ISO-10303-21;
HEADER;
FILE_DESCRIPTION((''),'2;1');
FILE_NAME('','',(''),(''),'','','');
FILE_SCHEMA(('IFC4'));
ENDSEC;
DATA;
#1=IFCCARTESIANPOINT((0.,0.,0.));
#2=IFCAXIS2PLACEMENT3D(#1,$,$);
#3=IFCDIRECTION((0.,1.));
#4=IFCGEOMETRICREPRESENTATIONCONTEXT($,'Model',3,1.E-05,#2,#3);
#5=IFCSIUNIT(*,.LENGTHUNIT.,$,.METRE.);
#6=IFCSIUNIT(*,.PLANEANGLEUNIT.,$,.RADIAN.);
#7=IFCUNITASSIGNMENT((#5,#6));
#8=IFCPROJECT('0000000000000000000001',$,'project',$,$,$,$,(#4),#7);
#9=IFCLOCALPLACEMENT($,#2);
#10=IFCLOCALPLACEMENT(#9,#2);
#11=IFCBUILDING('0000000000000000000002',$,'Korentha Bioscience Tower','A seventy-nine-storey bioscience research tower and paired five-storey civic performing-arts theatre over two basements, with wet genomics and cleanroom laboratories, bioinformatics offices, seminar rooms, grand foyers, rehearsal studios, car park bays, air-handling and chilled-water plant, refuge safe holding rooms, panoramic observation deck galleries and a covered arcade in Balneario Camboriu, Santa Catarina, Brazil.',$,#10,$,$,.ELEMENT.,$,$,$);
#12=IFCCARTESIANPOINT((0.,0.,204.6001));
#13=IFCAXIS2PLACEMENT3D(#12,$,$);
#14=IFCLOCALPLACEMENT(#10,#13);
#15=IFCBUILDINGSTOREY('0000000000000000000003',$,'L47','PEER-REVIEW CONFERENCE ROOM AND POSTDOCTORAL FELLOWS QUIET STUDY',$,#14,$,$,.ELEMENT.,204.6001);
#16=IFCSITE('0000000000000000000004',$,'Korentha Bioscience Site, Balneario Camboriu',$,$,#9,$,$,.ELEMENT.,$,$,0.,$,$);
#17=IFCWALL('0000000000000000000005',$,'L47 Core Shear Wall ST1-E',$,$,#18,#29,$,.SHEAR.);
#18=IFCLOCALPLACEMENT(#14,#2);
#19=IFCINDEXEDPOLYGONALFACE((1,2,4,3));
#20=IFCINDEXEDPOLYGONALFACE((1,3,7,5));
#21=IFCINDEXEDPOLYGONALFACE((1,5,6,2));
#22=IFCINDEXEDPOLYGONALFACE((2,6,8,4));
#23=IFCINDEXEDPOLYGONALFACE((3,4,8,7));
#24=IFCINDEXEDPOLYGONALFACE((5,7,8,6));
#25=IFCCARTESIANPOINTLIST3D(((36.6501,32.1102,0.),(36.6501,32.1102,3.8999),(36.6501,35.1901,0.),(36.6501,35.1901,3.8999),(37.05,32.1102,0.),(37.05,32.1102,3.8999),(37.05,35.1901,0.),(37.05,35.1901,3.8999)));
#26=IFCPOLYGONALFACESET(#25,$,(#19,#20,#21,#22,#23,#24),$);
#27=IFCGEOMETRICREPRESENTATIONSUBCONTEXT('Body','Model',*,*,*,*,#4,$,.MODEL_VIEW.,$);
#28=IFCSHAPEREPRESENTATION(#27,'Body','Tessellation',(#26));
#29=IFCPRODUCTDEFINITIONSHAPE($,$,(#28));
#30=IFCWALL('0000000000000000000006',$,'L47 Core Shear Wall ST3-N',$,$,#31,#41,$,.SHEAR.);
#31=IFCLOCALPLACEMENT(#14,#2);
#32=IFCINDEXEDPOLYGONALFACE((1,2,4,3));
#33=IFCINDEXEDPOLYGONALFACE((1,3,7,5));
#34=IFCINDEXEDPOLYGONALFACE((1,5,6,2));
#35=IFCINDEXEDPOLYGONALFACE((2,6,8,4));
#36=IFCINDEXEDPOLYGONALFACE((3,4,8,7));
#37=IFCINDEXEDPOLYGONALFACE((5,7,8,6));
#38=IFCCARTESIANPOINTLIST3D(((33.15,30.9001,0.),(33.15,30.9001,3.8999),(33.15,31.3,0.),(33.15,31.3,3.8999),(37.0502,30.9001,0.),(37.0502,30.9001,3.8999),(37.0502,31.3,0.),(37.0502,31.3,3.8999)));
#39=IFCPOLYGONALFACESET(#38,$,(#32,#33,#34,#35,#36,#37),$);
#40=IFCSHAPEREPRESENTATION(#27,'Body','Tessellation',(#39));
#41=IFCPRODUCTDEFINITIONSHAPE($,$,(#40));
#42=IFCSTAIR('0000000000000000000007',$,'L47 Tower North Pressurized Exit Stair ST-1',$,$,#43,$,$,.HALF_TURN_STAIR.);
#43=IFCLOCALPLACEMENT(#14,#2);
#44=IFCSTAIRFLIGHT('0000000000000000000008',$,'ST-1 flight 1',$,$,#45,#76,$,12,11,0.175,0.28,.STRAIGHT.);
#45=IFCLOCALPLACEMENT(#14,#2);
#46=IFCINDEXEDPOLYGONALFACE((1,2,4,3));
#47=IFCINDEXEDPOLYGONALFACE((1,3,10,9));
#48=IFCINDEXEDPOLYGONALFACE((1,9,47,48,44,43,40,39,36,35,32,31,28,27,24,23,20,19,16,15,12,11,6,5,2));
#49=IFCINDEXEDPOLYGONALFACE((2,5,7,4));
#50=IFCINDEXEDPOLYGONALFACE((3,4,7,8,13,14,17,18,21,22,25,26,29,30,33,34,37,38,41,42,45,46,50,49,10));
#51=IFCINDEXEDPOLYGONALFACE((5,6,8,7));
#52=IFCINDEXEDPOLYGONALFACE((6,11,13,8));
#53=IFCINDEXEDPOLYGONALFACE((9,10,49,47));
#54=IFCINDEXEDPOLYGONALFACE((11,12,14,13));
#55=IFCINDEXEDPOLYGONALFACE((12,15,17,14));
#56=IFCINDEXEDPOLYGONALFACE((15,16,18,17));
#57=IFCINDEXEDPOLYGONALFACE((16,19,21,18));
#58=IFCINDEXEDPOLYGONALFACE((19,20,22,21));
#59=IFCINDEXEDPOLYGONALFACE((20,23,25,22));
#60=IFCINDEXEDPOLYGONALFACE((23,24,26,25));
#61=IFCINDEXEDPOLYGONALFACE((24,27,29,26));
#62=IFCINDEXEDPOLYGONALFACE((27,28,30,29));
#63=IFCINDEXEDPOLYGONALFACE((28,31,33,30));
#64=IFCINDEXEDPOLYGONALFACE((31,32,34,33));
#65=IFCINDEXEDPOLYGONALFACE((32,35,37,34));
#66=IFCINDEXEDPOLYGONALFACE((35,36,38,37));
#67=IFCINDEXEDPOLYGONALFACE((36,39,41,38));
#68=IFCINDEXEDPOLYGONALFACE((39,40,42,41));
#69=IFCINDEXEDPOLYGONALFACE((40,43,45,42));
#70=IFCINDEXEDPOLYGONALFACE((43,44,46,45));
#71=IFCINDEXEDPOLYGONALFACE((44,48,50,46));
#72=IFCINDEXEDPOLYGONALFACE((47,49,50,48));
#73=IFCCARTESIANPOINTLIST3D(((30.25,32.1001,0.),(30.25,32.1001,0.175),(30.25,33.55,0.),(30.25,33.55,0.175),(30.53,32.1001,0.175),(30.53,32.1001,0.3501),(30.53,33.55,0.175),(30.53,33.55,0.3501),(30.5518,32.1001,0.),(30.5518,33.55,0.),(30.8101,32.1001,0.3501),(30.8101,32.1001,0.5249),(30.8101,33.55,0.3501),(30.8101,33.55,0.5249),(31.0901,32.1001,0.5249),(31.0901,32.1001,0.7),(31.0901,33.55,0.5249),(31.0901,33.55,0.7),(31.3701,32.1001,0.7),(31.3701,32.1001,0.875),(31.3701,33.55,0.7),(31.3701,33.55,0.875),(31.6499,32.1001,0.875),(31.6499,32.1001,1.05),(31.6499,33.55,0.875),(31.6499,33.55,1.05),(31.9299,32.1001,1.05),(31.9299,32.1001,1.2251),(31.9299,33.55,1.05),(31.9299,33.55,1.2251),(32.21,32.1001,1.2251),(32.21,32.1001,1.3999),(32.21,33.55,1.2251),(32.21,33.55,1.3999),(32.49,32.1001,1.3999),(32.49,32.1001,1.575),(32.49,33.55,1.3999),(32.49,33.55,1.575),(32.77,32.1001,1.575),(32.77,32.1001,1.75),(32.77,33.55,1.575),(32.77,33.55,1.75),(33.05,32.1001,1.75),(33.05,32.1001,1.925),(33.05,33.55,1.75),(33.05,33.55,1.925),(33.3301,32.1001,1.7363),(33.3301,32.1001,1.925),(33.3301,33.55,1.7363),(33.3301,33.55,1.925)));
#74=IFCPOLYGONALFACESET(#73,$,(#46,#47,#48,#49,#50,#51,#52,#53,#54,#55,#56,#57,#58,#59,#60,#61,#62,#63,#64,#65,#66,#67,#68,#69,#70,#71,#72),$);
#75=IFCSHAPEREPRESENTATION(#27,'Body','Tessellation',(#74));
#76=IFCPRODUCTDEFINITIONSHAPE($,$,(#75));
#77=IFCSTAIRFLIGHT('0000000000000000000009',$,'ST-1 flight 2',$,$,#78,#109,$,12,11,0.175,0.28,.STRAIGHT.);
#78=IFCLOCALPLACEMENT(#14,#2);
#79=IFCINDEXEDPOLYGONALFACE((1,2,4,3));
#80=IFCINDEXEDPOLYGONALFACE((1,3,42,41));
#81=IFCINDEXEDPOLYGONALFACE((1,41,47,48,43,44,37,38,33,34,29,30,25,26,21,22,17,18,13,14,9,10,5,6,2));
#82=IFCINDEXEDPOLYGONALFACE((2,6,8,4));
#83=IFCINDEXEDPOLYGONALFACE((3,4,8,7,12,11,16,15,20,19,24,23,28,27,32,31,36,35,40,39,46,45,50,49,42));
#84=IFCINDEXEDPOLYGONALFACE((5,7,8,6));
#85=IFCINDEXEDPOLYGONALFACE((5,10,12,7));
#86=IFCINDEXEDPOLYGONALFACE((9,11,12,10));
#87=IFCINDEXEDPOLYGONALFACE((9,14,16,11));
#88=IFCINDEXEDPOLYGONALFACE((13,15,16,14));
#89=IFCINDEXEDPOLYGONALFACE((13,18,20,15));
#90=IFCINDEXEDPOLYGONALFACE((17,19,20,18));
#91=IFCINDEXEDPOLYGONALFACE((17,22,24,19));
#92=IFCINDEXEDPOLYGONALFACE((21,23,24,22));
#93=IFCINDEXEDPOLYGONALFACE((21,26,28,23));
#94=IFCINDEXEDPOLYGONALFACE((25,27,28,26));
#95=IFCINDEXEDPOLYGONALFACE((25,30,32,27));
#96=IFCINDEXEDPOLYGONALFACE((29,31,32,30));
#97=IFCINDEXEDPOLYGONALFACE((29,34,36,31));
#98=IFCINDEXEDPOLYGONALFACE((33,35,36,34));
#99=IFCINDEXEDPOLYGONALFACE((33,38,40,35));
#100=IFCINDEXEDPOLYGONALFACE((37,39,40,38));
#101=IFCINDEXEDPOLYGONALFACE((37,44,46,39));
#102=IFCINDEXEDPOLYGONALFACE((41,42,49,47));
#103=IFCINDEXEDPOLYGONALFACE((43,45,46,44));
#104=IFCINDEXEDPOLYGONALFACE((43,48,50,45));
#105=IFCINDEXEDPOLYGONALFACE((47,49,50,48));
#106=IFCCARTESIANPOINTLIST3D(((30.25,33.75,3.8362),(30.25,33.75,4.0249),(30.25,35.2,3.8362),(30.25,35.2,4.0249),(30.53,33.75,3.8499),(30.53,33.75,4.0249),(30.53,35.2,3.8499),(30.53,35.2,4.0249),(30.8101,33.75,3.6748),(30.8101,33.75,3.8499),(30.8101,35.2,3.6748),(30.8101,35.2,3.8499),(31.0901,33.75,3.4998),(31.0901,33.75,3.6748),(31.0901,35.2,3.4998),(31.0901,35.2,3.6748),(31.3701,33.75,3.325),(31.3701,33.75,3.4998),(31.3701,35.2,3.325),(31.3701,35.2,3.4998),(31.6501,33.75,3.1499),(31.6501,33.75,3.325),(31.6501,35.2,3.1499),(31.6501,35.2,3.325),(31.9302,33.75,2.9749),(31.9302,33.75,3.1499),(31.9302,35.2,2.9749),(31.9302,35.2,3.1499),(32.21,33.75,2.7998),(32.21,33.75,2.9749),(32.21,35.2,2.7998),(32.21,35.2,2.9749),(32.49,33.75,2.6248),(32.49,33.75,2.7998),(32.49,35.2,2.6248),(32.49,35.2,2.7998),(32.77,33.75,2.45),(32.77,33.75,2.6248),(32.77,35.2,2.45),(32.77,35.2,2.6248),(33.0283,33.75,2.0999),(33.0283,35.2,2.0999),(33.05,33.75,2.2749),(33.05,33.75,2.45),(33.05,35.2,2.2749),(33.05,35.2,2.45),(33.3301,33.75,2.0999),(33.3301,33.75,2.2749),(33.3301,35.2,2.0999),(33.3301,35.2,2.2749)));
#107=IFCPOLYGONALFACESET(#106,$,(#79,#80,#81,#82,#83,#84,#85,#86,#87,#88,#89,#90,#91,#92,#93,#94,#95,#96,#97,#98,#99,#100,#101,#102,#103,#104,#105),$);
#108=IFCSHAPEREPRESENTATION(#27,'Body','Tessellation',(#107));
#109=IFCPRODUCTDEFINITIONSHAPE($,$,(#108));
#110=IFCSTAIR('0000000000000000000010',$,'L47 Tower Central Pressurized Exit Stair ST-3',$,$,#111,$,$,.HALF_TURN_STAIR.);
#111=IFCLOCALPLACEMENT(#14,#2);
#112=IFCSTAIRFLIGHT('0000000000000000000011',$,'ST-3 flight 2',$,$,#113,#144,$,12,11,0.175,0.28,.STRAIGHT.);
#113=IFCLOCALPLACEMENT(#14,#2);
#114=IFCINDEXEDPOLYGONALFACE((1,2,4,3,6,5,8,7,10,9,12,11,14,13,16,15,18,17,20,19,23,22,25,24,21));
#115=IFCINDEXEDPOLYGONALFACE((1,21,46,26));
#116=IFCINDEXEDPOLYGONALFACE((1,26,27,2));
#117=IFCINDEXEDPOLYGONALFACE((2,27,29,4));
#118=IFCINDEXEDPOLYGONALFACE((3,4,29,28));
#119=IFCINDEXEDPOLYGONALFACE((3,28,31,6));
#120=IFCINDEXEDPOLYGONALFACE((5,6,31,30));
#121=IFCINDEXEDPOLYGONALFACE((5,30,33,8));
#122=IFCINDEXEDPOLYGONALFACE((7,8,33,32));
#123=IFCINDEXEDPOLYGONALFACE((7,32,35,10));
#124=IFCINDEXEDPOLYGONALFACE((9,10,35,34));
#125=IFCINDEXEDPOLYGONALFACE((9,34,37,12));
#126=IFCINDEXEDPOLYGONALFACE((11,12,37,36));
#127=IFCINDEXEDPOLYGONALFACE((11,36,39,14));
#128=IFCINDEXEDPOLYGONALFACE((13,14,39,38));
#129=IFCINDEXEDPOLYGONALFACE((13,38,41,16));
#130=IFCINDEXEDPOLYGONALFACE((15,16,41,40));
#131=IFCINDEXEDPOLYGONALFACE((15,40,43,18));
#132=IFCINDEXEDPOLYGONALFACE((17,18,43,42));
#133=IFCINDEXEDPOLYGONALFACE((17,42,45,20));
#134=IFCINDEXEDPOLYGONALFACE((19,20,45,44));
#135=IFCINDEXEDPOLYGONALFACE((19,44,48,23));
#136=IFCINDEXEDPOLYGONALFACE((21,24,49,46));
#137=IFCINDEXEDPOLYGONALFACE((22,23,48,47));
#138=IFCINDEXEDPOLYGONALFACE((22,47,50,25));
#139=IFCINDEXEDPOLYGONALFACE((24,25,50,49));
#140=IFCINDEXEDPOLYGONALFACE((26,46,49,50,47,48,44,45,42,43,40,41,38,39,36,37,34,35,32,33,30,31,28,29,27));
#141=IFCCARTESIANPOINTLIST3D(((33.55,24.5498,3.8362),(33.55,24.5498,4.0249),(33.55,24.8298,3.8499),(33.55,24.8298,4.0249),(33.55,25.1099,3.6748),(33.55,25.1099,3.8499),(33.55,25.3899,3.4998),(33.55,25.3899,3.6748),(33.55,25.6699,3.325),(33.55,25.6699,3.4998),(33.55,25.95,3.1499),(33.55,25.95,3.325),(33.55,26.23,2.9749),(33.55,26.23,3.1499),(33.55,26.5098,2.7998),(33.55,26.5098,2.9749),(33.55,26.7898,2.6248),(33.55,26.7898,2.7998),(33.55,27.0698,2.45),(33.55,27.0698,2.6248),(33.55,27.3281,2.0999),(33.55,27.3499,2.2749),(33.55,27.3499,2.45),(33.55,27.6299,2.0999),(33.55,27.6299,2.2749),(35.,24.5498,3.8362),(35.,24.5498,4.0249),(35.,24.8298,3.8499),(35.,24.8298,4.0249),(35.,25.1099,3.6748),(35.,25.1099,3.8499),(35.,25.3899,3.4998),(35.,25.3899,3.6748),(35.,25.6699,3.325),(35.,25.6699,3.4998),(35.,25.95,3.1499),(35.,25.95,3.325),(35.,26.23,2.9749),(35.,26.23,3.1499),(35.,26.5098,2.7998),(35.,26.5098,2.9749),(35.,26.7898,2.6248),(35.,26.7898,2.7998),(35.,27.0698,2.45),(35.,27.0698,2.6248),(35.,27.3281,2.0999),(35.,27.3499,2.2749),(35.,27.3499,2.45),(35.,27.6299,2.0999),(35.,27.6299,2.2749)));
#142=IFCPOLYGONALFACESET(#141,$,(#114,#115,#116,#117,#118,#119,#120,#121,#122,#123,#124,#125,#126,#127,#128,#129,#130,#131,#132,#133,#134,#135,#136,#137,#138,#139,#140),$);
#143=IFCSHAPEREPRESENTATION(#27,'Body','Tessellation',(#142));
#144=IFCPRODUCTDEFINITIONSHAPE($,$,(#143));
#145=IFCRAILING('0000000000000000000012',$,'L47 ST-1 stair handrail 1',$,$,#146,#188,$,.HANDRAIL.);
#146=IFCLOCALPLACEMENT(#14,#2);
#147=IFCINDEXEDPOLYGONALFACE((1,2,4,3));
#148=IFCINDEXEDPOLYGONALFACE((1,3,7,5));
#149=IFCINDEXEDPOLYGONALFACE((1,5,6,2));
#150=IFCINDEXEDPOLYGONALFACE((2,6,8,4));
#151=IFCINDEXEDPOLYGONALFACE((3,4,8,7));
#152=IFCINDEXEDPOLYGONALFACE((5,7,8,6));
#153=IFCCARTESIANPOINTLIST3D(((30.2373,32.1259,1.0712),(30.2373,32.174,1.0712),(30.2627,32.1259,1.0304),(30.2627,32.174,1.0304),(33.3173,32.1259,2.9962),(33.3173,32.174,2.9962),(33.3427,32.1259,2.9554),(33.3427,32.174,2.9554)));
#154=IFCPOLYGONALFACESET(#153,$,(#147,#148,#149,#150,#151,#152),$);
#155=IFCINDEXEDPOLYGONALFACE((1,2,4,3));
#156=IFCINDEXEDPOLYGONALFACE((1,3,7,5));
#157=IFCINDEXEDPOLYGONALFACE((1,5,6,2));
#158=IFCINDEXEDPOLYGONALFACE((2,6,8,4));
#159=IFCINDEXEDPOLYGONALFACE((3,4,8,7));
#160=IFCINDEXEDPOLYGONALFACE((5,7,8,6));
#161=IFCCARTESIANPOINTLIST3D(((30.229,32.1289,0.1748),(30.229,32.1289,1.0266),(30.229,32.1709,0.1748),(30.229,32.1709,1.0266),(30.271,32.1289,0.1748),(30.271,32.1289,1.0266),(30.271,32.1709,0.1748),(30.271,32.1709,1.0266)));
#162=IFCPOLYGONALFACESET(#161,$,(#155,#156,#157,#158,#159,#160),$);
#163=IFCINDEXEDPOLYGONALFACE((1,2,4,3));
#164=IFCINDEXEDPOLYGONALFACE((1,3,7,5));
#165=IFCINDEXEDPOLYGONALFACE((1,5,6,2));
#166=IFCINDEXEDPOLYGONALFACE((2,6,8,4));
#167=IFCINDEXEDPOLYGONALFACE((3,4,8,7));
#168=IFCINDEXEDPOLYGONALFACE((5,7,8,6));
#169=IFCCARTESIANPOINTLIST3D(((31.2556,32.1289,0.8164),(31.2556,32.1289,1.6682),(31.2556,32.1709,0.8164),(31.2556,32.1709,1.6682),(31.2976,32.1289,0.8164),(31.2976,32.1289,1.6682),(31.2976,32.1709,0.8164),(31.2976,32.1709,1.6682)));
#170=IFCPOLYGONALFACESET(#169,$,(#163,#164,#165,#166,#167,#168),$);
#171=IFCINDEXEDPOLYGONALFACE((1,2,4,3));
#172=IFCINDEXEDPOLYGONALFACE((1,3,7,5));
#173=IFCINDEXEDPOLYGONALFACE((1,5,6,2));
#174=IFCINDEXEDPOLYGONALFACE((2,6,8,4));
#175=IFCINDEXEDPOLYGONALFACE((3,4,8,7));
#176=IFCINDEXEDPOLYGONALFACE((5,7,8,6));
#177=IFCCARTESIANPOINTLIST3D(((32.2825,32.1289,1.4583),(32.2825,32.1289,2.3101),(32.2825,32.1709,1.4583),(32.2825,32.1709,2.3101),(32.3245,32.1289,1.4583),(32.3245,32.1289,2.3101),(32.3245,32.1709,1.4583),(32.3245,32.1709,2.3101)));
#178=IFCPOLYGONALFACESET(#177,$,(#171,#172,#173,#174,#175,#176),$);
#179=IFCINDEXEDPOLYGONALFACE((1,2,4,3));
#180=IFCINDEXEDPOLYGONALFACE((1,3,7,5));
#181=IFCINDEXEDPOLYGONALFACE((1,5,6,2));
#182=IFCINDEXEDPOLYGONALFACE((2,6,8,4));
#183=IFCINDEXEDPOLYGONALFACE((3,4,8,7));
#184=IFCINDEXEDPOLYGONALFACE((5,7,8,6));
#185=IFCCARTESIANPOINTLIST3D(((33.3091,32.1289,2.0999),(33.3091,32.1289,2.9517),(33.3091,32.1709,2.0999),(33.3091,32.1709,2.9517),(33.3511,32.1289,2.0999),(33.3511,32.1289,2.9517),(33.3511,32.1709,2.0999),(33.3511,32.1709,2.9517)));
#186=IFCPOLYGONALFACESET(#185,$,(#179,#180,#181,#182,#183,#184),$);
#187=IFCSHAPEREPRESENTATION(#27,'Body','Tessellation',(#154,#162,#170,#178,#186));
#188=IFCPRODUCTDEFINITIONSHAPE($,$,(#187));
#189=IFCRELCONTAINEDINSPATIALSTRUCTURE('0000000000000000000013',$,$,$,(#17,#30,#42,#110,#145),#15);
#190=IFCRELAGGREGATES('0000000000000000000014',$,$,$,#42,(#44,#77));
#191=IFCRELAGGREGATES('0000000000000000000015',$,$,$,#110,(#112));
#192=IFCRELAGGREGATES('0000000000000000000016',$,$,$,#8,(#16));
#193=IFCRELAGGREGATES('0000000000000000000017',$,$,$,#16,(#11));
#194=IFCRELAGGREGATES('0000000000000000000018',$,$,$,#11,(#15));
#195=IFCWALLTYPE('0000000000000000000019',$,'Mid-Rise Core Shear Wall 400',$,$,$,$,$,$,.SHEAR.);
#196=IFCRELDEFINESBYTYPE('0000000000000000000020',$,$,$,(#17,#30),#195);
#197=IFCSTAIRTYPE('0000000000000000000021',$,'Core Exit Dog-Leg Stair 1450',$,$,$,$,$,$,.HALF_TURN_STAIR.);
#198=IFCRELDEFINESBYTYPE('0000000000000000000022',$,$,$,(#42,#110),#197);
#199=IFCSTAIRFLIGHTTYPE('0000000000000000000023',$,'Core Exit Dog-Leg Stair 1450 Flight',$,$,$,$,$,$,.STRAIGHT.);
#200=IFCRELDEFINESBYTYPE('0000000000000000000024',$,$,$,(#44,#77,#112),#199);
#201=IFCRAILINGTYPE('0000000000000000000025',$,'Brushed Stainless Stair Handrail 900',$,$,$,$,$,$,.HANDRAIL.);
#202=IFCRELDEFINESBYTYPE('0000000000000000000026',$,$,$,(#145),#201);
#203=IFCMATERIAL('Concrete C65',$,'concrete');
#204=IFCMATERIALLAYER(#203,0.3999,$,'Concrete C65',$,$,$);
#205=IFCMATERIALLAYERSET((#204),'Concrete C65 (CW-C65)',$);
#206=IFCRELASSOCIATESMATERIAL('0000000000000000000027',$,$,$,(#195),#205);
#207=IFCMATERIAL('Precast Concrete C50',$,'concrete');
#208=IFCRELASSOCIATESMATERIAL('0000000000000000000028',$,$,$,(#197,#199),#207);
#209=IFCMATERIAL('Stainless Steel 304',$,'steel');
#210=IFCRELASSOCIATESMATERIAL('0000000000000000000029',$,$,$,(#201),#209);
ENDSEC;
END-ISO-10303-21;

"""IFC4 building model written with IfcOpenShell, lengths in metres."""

from ifc_helpers import new_model, si_unit, direction, frame, frame_2d, origin, origin_2d, place, context, subcontext, project, spatial, polyline, rectangle, outline, extrude, material, layer, layer_set, type_object, element, aggregate, save


model = new_model("IFC4")

# Units and contexts
model_context = context("Model", 3, precision=1e-05, world=origin(), true_north=direction((0.0, 1.0)))
body_context = subcontext(model_context, "Body", "Model", "MODEL_VIEW")
ifc_project = project(units=[si_unit("LENGTHUNIT", "METRE"), si_unit("PLANEANGLEUNIT", "RADIAN")], contexts=[model_context])

# Site, building, storey
site_placement = place(None, origin())
site = spatial("IfcSite", under=ifc_project, at=site_placement, Name="Korentha Bioscience Site, Balneario Camboriu", CompositionType="ELEMENT", RefElevation=0.0)
building_placement = place(site_placement, origin())
building = spatial("IfcBuilding", under=site, at=building_placement, Name="Korentha Bioscience Tower", Description="A seventy-nine-storey bioscience research tower and paired five-storey civic performing-arts theatre over two basements, with wet genomics and cleanroom laboratories, bioinformatics offices, seminar rooms, grand foyers, rehearsal studios, car park bays, air-handling and chilled-water plant, refuge safe holding rooms, panoramic observation deck galleries and a covered arcade in Balneario Camboriu, Santa Catarina, Brazil.", CompositionType="ELEMENT")
storey_placement = place(building_placement, frame((0.0, 0.0, 204.6001)))
storey = spatial("IfcBuildingStorey", under=building, at=storey_placement, Name="L47", Description="PEER-REVIEW CONFERENCE ROOM AND POSTDOCTORAL FELLOWS QUIET STUDY", CompositionType="ELEMENT", Elevation=204.6001)

# Shared definitions
ifc_material_1 = material(Name="Concrete C65", Category="concrete")

# Walls
ifc_layer_1 = layer(ifc_material_1, 0.3999, Name="Concrete C65")
ifc_layer_set_1 = layer_set([ifc_layer_1], Name="Concrete C65 (CW-C65)")
wall_type_1 = type_object("IfcWallType", Name="Mid-Rise Core Shear Wall 400", PredefinedType="SHEAR", material=ifc_layer_set_1)
wall_1_placement = place(storey_placement, frame((36.8501, 32.1101, 0.0), z_axis=(0.0, 0.0, 1.0), x_axis=(0.0, 1.0, 0.0)))
element("IfcWall", 1, at=wall_1_placement, inside=storey, type_object=wall_type_1, Name="L47 Core Shear Wall ST1-E", PredefinedType="SHEAR", context=body_context, shape_type="SweptSolid", body=[
    extrude(rectangle(XDim=3.0798, YDim=0.3999, at=frame_2d((1.54, 0.0))), origin(), (0.0, 0.0, 1.0), 3.8999),
])
wall_2_placement = place(storey_placement, frame((33.1499, 31.1001, 0.0), z_axis=(0.0, 0.0, 1.0), x_axis=(1.0, 0.0, 0.0)))
element("IfcWall", 2, at=wall_2_placement, inside=storey, type_object=wall_type_1, Name="L47 Core Shear Wall ST3-N", PredefinedType="SHEAR", context=body_context, shape_type="SweptSolid", body=[
    extrude(rectangle(XDim=3.9001, YDim=0.3999, at=frame_2d((1.9502, 0.0))), origin(), (0.0, 0.0, 1.0), 3.8999),
])

# Stair, stair flights
ifc_material_2 = material(Name="Precast Concrete C50", Category="concrete")
stair_type = type_object("IfcStairType", Name="Core Exit Dog-Leg Stair 1450", PredefinedType="HALF_TURN_STAIR", material=ifc_material_2)
stair_1_placement = place(storey_placement, origin())
stair_1 = element("IfcStair", 3, at=stair_1_placement, inside=storey, type_object=stair_type, Name="L47 Tower North Pressurized Exit Stair ST-1", PredefinedType="HALF_TURN_STAIR")
stair_flight_type = type_object("IfcStairFlightType", Name="Core Exit Dog-Leg Stair 1450 Flight", PredefinedType="STRAIGHT", material=ifc_material_2)
stair_flight_1_placement = place(storey_placement, frame((30.25, 32.825, 0.0), z_axis=(0.0, 0.0, 1.0), x_axis=(1.0, 0.0, 0.0)))
stair_flight_1 = element("IfcStairFlight", 4, at=stair_flight_1_placement, type_object=stair_flight_type, Name="ST-1 flight 1", NumberOfRisers=12, NumberOfTreads=11, PredefinedType="STRAIGHT", RiserHeight=0.175, TreadLength=0.28, context=body_context, shape_type="SweptSolid", body=[
    extrude(outline(polyline([(0.0, 0.0), (0.0, 0.175), (0.28, 0.175), (0.28, 0.3501), (0.5601, 0.3501), (0.5601, 0.5249), (0.8401, 0.5249), (0.8401, 0.7), (1.1201, 0.7), (1.1201, 0.875), (1.3999, 0.875), (1.3999, 1.05), (1.6799, 1.05), (1.6799, 1.2251), (1.96, 1.2251), (1.96, 1.3999), (2.24, 1.3999), (2.24, 1.575), (2.52, 1.575), (2.52, 1.75), (2.8, 1.75), (2.8, 1.925), (3.0801, 1.925), (3.0801, 2.1001), (3.0801, 1.7363), (0.3018, 0.0), (0.0, 0.0)])), frame((0.0, 0.7251, 0.0), z_axis=(0.0, -1.0, 0.0), x_axis=(1.0, 0.0, 0.0)), (0.0, 0.0, 1.0), 1.45),
])
stair_flight_2_placement = place(storey_placement, frame((33.3301, 34.4751, 2.0999), z_axis=(0.0, 0.0, 1.0), x_axis=(-1.0, 0.0, 0.0)))
stair_flight_2 = element("IfcStairFlight", 5, at=stair_flight_2_placement, type_object=stair_flight_type, Name="ST-1 flight 2", NumberOfRisers=12, NumberOfTreads=11, PredefinedType="STRAIGHT", RiserHeight=0.175, TreadLength=0.28, context=body_context, shape_type="SweptSolid", body=[
    extrude(outline(polyline([(0.0, 0.0), (0.0, 0.175), (0.28, 0.175), (0.28, 0.3501), (0.5601, 0.3501), (0.5601, 0.5249), (0.8401, 0.5249), (0.8401, 0.7), (1.1201, 0.7), (1.1201, 0.875), (1.3999, 0.875), (1.3999, 1.05), (1.6799, 1.05), (1.6799, 1.2251), (1.96, 1.2251), (1.96, 1.3999), (2.24, 1.3999), (2.24, 1.575), (2.52, 1.575), (2.52, 1.75), (2.8, 1.75), (2.8, 1.925), (3.0801, 1.925), (3.0801, 2.1001), (3.0801, 1.7363), (0.3018, 0.0), (0.0, 0.0)])), frame((0.0, 0.7251, 0.0), z_axis=(0.0, -1.0, 0.0), x_axis=(1.0, 0.0, 0.0)), (0.0, 0.0, 1.0), 1.45),
])
aggregate(stair_1, [stair_flight_1, stair_flight_2])

# Stair, stair flight
stair_2_placement = place(storey_placement, origin())
stair_2 = element("IfcStair", 6, at=stair_2_placement, inside=storey, type_object=stair_type, Name="L47 Tower Central Pressurized Exit Stair ST-3", PredefinedType="HALF_TURN_STAIR")
stair_flight_3_placement = place(storey_placement, frame((34.2749, 27.6299, 2.0999), z_axis=(0.0, 0.0, 1.0), x_axis=(0.0, -1.0, 0.0)))
stair_flight_3 = element("IfcStairFlight", 7, at=stair_flight_3_placement, type_object=stair_flight_type, Name="ST-3 flight 2", NumberOfRisers=12, NumberOfTreads=11, PredefinedType="STRAIGHT", RiserHeight=0.175, TreadLength=0.28, context=body_context, shape_type="SweptSolid", body=[
    extrude(outline(polyline([(0.0, 0.0), (0.0, 0.175), (0.28, 0.175), (0.28, 0.3501), (0.5601, 0.3501), (0.5601, 0.5249), (0.8401, 0.5249), (0.8401, 0.7), (1.1201, 0.7), (1.1201, 0.875), (1.3999, 0.875), (1.3999, 1.05), (1.6799, 1.05), (1.6799, 1.2251), (1.96, 1.2251), (1.96, 1.3999), (2.24, 1.3999), (2.24, 1.575), (2.52, 1.575), (2.52, 1.75), (2.8, 1.75), (2.8, 1.925), (3.0801, 1.925), (3.0801, 2.1001), (3.0801, 1.7363), (0.3018, 0.0), (0.0, 0.0)])), frame((0.0, 0.7251, 0.0), z_axis=(0.0, -1.0, 0.0), x_axis=(1.0, 0.0, 0.0)), (0.0, 0.0, 1.0), 1.45),
])
aggregate(stair_2, [stair_flight_3])

# Railing
ifc_material_3 = material(Name="Stainless Steel 304", Category="steel")
railing_type_1 = type_object("IfcRailingType", Name="Brushed Stainless Stair Handrail 900", PredefinedType="HANDRAIL", material=ifc_material_3)
railing_1_placement = place(storey_placement, frame((30.25, 32.1499, 0.1748)))
element("IfcRailing", 8, at=railing_1_placement, inside=storey, type_object=railing_type_1, Name="L47 ST-1 stair handrail 1", PredefinedType="HANDRAIL", context=body_context, shape_type="SweptSolid", body=[
    extrude(rectangle(XDim=0.0481, YDim=0.0481, at=origin_2d()), frame((0.0, 0.0, 0.876), z_axis=(0.847998, 0.0, 0.529999), x_axis=(0.0, 1.0, 0.0)), (0.0, 0.0, 1.0), 3.6321),
    extrude(rectangle(XDim=0.042, YDim=0.042, at=origin_2d()), origin(), (0.0, 0.0, 1.0), 0.8518),
    extrude(rectangle(XDim=0.042, YDim=0.042, at=origin_2d()), frame((1.0266, 0.0, 0.6416)), (0.0, 0.0, 1.0), 0.8518),
    extrude(rectangle(XDim=0.042, YDim=0.042, at=origin_2d()), frame((2.0535, 0.0, 1.2834)), (0.0, 0.0, 1.0), 0.8518),
    extrude(rectangle(XDim=0.042, YDim=0.042, at=origin_2d()), frame((3.0801, 0.0, 1.925)), (0.0, 0.0, 1.0), 0.8518),
])

save(model, "model.ifc")
